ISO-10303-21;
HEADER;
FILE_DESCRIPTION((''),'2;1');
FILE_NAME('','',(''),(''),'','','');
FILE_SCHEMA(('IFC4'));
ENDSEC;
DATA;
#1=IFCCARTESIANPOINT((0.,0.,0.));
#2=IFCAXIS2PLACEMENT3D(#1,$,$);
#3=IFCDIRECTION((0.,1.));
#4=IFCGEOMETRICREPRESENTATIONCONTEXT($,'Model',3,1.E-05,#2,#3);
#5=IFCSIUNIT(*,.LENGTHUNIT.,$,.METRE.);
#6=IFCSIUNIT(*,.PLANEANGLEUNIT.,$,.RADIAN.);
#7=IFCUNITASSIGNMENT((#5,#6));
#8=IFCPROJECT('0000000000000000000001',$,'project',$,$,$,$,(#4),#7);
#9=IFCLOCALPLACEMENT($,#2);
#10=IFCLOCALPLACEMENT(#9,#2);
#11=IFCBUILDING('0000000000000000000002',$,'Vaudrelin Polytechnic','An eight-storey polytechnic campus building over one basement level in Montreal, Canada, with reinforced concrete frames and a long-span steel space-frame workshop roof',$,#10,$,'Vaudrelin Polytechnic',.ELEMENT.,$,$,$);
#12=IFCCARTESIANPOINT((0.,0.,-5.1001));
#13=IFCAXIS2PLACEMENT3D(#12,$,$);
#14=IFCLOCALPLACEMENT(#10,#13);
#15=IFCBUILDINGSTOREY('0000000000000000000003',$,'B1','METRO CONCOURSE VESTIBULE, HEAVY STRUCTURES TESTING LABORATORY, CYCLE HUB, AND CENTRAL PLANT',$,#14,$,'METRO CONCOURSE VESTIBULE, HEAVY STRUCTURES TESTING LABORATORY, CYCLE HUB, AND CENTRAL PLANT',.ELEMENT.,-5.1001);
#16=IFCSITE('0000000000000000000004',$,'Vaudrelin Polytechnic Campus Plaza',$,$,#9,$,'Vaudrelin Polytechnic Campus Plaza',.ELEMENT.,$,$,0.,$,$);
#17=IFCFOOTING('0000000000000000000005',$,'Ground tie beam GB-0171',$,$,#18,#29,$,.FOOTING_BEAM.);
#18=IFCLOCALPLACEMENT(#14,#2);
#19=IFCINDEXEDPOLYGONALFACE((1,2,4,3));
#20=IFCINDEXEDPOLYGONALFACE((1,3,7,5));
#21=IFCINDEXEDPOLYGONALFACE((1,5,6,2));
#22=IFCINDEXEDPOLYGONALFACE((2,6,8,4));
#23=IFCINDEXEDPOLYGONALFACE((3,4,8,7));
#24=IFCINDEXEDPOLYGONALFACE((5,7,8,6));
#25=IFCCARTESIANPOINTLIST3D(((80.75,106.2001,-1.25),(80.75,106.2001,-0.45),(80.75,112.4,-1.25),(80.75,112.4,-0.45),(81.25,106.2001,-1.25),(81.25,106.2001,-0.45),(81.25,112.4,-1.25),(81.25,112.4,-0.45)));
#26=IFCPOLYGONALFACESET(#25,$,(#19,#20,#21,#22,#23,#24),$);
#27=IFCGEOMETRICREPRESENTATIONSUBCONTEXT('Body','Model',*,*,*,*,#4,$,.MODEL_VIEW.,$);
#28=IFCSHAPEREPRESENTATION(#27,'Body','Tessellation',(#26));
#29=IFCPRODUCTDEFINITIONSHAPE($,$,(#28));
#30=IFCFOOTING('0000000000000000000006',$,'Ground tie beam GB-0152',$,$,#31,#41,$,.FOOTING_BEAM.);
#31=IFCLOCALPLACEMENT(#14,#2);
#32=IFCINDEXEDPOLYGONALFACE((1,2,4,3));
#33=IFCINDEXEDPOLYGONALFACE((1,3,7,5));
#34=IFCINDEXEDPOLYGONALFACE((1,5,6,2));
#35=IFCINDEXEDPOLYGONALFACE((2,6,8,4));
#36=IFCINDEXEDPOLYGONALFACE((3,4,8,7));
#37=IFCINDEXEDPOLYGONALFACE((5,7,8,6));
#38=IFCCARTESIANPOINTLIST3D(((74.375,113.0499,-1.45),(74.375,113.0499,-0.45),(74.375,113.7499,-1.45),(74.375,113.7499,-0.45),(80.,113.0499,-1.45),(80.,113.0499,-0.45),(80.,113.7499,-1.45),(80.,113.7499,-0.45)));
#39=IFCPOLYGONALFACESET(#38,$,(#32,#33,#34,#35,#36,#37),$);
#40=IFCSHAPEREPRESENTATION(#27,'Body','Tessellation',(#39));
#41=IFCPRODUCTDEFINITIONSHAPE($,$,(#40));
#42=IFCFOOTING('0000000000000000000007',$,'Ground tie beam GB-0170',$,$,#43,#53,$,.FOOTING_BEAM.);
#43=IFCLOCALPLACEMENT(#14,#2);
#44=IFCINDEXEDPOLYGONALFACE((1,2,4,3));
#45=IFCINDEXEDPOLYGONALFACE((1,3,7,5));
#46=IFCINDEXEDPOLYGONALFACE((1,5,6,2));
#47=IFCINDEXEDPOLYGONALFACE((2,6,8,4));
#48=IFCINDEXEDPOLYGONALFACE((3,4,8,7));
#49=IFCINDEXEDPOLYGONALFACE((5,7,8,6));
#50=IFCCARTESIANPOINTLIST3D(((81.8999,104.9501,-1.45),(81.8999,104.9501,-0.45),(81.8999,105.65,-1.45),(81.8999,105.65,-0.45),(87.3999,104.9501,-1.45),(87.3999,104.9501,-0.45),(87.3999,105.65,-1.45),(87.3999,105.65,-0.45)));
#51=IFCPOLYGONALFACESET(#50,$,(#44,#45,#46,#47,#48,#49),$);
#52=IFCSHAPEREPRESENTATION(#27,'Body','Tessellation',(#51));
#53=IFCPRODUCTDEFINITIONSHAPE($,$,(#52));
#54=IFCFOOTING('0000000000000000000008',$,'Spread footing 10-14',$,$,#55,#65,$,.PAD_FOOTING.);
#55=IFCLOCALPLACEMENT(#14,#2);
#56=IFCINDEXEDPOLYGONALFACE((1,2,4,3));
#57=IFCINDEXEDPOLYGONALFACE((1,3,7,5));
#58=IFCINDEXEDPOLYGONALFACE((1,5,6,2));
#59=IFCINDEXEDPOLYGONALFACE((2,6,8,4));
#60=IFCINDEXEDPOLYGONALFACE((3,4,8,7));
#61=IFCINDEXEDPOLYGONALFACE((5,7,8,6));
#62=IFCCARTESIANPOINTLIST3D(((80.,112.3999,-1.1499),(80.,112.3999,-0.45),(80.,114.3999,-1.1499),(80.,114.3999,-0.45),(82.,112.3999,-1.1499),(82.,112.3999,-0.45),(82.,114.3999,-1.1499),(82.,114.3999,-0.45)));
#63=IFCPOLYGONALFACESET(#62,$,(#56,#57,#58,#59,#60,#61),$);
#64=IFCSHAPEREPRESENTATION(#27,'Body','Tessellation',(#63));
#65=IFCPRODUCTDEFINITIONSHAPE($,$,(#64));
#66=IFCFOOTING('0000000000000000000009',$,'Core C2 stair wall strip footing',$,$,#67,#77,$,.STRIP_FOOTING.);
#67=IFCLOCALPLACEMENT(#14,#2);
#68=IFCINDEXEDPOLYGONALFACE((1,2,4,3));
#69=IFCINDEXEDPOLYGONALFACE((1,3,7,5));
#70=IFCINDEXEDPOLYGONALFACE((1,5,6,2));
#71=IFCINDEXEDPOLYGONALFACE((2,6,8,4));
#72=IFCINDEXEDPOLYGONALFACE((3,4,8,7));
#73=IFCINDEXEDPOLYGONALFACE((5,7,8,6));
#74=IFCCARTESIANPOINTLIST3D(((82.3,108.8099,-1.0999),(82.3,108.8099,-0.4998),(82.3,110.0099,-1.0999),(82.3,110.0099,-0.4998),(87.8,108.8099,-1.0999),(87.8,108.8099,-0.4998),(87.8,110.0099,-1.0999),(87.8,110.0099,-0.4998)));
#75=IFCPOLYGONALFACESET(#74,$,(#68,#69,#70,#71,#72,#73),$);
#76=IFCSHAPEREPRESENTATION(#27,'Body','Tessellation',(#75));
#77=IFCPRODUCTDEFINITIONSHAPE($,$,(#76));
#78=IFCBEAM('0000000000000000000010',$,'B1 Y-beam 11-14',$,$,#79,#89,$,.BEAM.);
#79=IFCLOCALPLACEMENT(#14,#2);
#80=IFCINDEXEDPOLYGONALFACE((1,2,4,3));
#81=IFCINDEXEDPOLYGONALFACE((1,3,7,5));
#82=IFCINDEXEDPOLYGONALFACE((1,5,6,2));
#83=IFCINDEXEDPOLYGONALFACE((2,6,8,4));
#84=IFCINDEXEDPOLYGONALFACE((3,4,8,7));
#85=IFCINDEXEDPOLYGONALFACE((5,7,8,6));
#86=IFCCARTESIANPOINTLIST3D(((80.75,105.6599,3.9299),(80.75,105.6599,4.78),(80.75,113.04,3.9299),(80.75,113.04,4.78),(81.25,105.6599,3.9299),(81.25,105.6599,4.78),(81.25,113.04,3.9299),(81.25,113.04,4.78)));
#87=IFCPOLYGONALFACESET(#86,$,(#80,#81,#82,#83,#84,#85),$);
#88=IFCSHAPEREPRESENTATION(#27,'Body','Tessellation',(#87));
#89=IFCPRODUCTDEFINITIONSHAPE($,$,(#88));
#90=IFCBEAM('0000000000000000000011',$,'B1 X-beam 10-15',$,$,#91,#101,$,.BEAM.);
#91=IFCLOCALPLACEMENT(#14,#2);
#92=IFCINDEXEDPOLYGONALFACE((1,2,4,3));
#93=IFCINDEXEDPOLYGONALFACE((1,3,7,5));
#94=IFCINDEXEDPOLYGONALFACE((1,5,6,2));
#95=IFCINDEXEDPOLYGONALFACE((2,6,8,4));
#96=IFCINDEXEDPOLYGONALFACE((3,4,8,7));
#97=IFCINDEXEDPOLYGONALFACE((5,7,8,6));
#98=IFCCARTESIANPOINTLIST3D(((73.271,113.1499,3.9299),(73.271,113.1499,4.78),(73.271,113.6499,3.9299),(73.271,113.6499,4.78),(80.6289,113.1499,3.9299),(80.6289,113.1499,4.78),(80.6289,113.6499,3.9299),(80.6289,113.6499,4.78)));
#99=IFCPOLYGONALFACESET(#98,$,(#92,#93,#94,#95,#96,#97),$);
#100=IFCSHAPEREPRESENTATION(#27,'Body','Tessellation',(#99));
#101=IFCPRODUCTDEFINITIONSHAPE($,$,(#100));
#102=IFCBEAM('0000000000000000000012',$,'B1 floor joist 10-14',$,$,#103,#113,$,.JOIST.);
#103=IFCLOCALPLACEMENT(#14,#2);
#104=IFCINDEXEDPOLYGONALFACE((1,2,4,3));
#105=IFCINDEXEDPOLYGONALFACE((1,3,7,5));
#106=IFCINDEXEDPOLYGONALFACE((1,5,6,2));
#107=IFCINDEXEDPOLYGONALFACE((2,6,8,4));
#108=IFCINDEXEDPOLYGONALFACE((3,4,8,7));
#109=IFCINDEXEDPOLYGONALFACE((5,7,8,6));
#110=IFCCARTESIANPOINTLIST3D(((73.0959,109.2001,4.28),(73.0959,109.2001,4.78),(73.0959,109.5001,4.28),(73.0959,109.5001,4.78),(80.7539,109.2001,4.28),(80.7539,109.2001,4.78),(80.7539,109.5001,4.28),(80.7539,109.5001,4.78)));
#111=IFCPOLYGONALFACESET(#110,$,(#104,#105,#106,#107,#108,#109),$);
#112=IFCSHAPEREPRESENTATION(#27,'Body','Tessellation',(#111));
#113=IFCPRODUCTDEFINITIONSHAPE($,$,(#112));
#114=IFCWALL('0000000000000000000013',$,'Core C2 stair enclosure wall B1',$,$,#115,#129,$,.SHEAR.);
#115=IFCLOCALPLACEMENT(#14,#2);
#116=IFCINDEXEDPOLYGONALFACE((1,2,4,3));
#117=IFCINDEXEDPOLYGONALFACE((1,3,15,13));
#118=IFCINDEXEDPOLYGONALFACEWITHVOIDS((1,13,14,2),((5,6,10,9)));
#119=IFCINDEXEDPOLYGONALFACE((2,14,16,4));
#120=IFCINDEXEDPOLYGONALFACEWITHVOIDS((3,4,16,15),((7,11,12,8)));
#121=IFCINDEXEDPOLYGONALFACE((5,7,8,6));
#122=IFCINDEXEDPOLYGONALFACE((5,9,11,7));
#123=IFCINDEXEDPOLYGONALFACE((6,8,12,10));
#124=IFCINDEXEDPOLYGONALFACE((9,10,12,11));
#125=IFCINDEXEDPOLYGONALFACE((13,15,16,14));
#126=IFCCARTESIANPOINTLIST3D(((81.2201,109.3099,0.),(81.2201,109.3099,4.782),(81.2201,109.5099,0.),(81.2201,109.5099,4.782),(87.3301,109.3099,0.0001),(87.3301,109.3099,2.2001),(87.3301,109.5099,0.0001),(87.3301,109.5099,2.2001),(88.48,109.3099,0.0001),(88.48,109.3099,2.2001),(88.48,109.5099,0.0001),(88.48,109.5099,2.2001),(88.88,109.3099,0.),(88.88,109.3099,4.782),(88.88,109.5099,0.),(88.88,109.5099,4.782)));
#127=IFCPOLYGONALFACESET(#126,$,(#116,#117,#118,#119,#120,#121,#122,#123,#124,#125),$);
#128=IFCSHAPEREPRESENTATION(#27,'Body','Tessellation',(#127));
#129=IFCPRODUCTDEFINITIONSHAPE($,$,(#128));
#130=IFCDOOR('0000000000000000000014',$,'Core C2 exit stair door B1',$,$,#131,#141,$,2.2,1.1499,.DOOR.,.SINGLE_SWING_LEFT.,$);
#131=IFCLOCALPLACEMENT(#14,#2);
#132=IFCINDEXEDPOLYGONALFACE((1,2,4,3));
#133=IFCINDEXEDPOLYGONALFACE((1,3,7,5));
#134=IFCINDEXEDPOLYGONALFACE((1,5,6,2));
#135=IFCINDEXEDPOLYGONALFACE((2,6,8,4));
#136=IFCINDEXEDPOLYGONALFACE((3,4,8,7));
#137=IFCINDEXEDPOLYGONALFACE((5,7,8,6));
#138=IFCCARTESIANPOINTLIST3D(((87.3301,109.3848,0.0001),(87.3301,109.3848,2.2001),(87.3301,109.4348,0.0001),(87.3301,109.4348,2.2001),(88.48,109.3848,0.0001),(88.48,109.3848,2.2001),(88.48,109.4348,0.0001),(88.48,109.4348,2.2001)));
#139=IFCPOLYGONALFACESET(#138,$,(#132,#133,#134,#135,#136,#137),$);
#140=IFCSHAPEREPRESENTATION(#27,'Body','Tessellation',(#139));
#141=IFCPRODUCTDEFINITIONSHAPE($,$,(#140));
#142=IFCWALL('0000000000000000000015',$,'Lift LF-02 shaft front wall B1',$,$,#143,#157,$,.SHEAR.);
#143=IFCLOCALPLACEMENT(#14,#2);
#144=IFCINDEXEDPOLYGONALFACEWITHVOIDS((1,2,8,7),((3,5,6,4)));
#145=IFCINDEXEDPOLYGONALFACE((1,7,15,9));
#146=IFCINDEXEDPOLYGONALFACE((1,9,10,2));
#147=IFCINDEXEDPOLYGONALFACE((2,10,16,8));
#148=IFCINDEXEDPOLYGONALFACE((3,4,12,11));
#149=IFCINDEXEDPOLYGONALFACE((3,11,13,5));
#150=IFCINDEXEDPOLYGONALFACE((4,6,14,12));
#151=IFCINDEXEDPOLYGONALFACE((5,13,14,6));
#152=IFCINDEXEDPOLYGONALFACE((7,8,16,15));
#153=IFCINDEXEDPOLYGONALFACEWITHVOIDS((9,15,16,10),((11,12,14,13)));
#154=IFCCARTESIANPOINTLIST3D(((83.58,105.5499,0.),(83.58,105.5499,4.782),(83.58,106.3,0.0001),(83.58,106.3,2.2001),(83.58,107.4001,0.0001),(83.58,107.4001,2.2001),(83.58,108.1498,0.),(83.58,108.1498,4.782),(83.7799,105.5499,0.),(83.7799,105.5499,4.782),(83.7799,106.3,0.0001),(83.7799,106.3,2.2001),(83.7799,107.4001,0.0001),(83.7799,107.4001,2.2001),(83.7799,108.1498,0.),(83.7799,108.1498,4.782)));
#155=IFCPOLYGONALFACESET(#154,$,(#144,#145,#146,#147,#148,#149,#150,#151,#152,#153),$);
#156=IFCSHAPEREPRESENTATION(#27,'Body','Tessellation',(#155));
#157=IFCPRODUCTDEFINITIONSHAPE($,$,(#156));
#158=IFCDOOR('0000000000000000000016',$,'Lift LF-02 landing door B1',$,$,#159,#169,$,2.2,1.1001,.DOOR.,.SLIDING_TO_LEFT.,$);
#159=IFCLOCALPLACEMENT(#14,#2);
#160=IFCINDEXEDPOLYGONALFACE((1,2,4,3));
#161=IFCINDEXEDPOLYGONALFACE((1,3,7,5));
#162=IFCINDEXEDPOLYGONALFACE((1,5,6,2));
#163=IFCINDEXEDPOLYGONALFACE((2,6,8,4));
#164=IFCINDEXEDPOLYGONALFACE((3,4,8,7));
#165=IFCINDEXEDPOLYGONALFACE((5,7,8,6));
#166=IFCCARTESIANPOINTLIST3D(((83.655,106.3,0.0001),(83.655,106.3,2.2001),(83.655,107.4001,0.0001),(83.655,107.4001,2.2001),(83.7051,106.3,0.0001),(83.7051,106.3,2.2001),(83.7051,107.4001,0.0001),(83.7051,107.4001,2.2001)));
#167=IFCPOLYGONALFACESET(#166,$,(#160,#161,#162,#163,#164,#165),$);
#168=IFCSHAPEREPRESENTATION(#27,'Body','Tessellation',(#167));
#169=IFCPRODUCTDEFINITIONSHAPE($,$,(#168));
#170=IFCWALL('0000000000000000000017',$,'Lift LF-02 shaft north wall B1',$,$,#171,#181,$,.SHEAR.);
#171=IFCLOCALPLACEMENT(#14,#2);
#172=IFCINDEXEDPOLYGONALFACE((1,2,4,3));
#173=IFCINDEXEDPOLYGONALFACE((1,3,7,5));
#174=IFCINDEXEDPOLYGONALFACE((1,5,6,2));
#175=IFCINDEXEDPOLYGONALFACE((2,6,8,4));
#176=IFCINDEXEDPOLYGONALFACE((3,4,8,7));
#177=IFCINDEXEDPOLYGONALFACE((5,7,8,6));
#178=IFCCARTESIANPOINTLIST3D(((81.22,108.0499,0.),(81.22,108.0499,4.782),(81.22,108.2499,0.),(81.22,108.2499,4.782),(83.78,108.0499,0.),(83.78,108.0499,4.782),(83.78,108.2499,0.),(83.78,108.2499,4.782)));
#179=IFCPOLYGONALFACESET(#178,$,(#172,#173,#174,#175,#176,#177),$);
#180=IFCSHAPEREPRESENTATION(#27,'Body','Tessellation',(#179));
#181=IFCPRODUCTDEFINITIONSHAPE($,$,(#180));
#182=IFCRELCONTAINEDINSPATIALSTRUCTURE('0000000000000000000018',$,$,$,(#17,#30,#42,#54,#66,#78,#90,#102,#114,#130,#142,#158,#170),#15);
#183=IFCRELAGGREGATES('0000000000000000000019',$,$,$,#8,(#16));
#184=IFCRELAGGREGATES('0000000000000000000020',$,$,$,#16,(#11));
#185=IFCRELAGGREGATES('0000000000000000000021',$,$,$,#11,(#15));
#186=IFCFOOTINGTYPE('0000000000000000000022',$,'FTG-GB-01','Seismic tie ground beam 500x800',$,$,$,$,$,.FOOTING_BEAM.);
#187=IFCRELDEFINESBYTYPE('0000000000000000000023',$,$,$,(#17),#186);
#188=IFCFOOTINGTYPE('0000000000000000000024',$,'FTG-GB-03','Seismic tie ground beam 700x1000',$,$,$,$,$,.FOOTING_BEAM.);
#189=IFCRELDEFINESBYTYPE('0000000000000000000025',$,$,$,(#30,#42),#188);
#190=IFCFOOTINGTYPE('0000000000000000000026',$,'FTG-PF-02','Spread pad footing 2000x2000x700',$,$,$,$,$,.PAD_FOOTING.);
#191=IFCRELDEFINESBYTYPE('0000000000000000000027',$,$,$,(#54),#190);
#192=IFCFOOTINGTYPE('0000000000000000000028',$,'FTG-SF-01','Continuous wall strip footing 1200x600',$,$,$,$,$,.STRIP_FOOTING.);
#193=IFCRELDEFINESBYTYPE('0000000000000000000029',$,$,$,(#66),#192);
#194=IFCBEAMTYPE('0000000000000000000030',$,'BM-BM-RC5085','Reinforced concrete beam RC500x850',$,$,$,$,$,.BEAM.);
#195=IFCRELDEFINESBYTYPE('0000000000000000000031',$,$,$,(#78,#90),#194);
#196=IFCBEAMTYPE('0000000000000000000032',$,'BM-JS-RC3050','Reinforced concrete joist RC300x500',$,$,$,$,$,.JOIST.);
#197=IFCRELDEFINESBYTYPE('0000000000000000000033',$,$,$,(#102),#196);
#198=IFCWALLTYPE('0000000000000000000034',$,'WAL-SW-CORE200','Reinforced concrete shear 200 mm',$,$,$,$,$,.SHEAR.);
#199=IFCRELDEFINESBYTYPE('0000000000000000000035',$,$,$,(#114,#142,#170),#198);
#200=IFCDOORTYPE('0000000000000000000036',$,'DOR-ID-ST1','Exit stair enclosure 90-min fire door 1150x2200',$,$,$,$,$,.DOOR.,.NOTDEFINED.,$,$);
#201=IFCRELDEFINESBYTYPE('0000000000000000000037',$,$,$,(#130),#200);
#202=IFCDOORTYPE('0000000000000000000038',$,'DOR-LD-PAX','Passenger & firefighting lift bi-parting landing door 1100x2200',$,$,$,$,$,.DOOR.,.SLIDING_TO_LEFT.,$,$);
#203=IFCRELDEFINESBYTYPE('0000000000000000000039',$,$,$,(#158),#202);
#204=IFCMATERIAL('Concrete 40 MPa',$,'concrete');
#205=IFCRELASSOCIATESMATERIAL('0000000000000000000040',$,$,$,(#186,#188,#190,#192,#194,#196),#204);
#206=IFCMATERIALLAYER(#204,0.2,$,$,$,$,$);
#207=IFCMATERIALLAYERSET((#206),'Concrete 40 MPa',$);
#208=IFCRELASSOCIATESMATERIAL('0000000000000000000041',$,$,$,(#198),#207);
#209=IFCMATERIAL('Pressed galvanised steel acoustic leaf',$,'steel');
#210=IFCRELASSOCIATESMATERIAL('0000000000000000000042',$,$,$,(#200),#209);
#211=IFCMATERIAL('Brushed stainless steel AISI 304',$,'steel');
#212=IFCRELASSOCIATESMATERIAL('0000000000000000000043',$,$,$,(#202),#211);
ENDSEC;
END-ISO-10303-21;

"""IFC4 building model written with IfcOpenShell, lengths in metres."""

from ifc_helpers import new_model, si_unit, direction, frame, frame_2d, origin, origin_2d, place, context, subcontext, project, spatial, rectangle, extrude, material, layer, layer_set, material_profile, profile_set, type_object, element, fill, save


model = new_model("IFC4")

# Units and contexts
model_context = context("Model", 3, precision=1e-05, world=origin(), true_north=direction((0.0, 1.0)))
body_context = subcontext(model_context, "Body", "Model", "MODEL_VIEW")
ifc_project = project(units=[si_unit("LENGTHUNIT", "METRE"), si_unit("PLANEANGLEUNIT", "RADIAN")], contexts=[model_context])

# Site, building, storey
site_placement = place(None, origin())
site = spatial("IfcSite", under=ifc_project, at=site_placement, Name="Vaudrelin Polytechnic Campus Plaza", LongName="Vaudrelin Polytechnic Campus Plaza", CompositionType="ELEMENT", RefElevation=0.0)
building_placement = place(site_placement, origin())
building = spatial("IfcBuilding", under=site, at=building_placement, Name="Vaudrelin Polytechnic", Description="An eight-storey polytechnic campus building over one basement level in Montreal, Canada, with reinforced concrete frames and a long-span steel space-frame workshop roof", LongName="Vaudrelin Polytechnic", CompositionType="ELEMENT")
storey_placement = place(building_placement, frame((0.0, 0.0, -5.1001)))
storey = spatial("IfcBuildingStorey", under=building, at=storey_placement, Name="B1", Description="METRO CONCOURSE VESTIBULE, HEAVY STRUCTURES TESTING LABORATORY, CYCLE HUB, AND CENTRAL PLANT", LongName="METRO CONCOURSE VESTIBULE, HEAVY STRUCTURES TESTING LABORATORY, CYCLE HUB, AND CENTRAL PLANT", CompositionType="ELEMENT", Elevation=-5.1001)

# Footings
ifc_material_1 = material(Name="Concrete 40 MPa", Category="concrete")
footing_type_1 = type_object("IfcFootingType", Name="FTG-GB-01", Description="Seismic tie ground beam 500x800", PredefinedType="FOOTING_BEAM", material=ifc_material_1)
footing_1_placement = place(storey_placement, frame((81.0, 109.3, -1.25), z_axis=(0.0, 0.0, 1.0), x_axis=(1.0, 0.0, 0.0)))
element("IfcFooting", 1, at=footing_1_placement, inside=storey, type_object=footing_type_1, Name="Ground tie beam GB-0171", PredefinedType="FOOTING_BEAM", context=body_context, shape_type="SweptSolid", body=[
    extrude(rectangle(XDim=0.5, YDim=6.2, at=origin_2d()), origin(), (0.0, 0.0, 1.0), 0.8),
])
footing_type_2 = type_object("IfcFootingType", Name="FTG-GB-03", Description="Seismic tie ground beam 700x1000", PredefinedType="FOOTING_BEAM", material=ifc_material_1)
footing_2_placement = place(storey_placement, frame((77.1875, 113.3999, -1.45), z_axis=(0.0, 0.0, 1.0), x_axis=(1.0, 0.0, 0.0)))
element("IfcFooting", 2, at=footing_2_placement, inside=storey, type_object=footing_type_2, Name="Ground tie beam GB-0152", PredefinedType="FOOTING_BEAM", context=body_context, shape_type="SweptSolid", body=[
    extrude(rectangle(XDim=5.625, YDim=0.7, at=origin_2d()), origin(), (0.0, 0.0, 1.0), 1.0),
])
footing_3_placement = place(storey_placement, frame((84.6499, 105.3, -1.45), z_axis=(0.0, 0.0, 1.0), x_axis=(1.0, 0.0, 0.0)))
element("IfcFooting", 3, at=footing_3_placement, inside=storey, type_object=footing_type_2, Name="Ground tie beam GB-0170", PredefinedType="FOOTING_BEAM", context=body_context, shape_type="SweptSolid", body=[
    extrude(rectangle(XDim=5.5, YDim=0.7, at=origin_2d()), origin(), (0.0, 0.0, 1.0), 1.0),
])
footing_type_3 = type_object("IfcFootingType", Name="FTG-PF-02", Description="Spread pad footing 2000x2000x700", PredefinedType="PAD_FOOTING", material=ifc_material_1)
footing_4_placement = place(storey_placement, frame((81.0, 113.3999, -1.1499), z_axis=(0.0, 0.0, 1.0), x_axis=(1.0, 0.0, 0.0)))
element("IfcFooting", 4, at=footing_4_placement, inside=storey, type_object=footing_type_3, Name="Spread footing 10-14", PredefinedType="PAD_FOOTING", context=body_context, shape_type="SweptSolid", body=[
    extrude(rectangle(XDim=2.0, YDim=2.0, at=origin_2d()), origin(), (0.0, 0.0, 1.0), 0.7),
])
footing_type_4 = type_object("IfcFootingType", Name="FTG-SF-01", Description="Continuous wall strip footing 1200x600", PredefinedType="STRIP_FOOTING", material=ifc_material_1)
footing_5_placement = place(storey_placement, frame((85.05, 109.4099, -1.0999), z_axis=(0.0, 0.0, 1.0), x_axis=(1.0, 0.0, 0.0)))
element("IfcFooting", 5, at=footing_5_placement, inside=storey, type_object=footing_type_4, Name="Core C2 stair wall strip footing", PredefinedType="STRIP_FOOTING", context=body_context, shape_type="SweptSolid", body=[
    extrude(rectangle(XDim=5.5, YDim=1.2, at=origin_2d()), origin(), (0.0, 0.0, 1.0), 0.6001),
])

# Beams
ifc_material_profile_1 = material_profile(ifc_material_1, rectangle(XDim=0.5, YDim=0.8501, at=origin_2d()), Name="RC500x850")
ifc_profile_set_1 = profile_set([ifc_material_profile_1], Name="Concrete 40 MPa")
beam_type_1 = type_object("IfcBeamType", Name="BM-BM-RC5085", Description="Reinforced concrete beam RC500x850", PredefinedType="BEAM", material=ifc_profile_set_1)
beam_1_placement = place(storey_placement, frame((81.0, 105.6599, 4.355), z_axis=(0.0, 1.0, 0.0), x_axis=(-1.0, 0.0, 0.0)))
element("IfcBeam", 6, at=beam_1_placement, inside=storey, type_object=beam_type_1, Name="B1 Y-beam 11-14", PredefinedType="BEAM", context=body_context, shape_type="SweptSolid", body=[
    extrude(rectangle(XDim=0.5, YDim=0.8501, at=origin_2d()), origin(), (0.0, 0.0, 1.0), 7.3801),
])
beam_2_placement = place(storey_placement, frame((73.271, 113.3999, 4.355), z_axis=(1.0, 0.0, 0.0), x_axis=(0.0, 1.0, 0.0)))
element("IfcBeam", 7, at=beam_2_placement, inside=storey, type_object=beam_type_1, Name="B1 X-beam 10-15", PredefinedType="BEAM", context=body_context, shape_type="SweptSolid", body=[
    extrude(rectangle(XDim=0.5, YDim=0.8501, at=origin_2d()), origin(), (0.0, 0.0, 1.0), 7.3579),
])
ifc_material_profile_2 = material_profile(ifc_material_1, rectangle(XDim=0.3, YDim=0.5, at=origin_2d()), Name="RC300x500")
ifc_profile_set_2 = profile_set([ifc_material_profile_2], Name="Concrete 40 MPa")
beam_type_2 = type_object("IfcBeamType", Name="BM-JS-RC3050", Description="Reinforced concrete joist RC300x500", PredefinedType="JOIST", material=ifc_profile_set_2)
beam_3_placement = place(storey_placement, frame((73.0959, 109.3501, 4.53), z_axis=(1.0, 0.0, 0.0), x_axis=(0.0, 1.0, 0.0)))
element("IfcBeam", 8, at=beam_3_placement, inside=storey, type_object=beam_type_2, Name="B1 floor joist 10-14", PredefinedType="JOIST", context=body_context, shape_type="SweptSolid", body=[
    extrude(rectangle(XDim=0.3, YDim=0.5, at=origin_2d()), origin(), (0.0, 0.0, 1.0), 7.658),
])

# Walls, openings, doors
ifc_material_2 = material(Name="Pressed galvanised steel acoustic leaf", Category="steel")
ifc_layer_1 = layer(ifc_material_1, 0.2)
ifc_layer_set_1 = layer_set([ifc_layer_1], Name="Concrete 40 MPa")
wall_type_1 = type_object("IfcWallType", Name="WAL-SW-CORE200", Description="Reinforced concrete shear 200 mm", PredefinedType="SHEAR", material=ifc_layer_set_1)
wall_1_placement = place(storey_placement, frame((81.22, 109.4099, 0.0), z_axis=(0.0, 0.0, 1.0), x_axis=(1.0, 0.0, 0.0)))
wall_1 = element("IfcWall", 9, at=wall_1_placement, inside=storey, type_object=wall_type_1, Name="Core C2 stair enclosure wall B1", PredefinedType="SHEAR", context=body_context, shape_type="SweptSolid", body=[
    extrude(rectangle(XDim=7.6599, YDim=0.2, at=frame_2d((3.8301, 0.0))), origin(), (0.0, 0.0, 1.0), 4.782),
])
opening_1_placement = place(wall_1_placement, frame((6.1101, 0.0, 0.0)))
opening_1 = element("IfcOpeningElement", 10, at=opening_1_placement, cuts=wall_1, PredefinedType="OPENING", context=body_context, shape_type="SweptSolid", body=[
    extrude(rectangle(XDim=1.1499, YDim=2.2, at=frame_2d((0.575, 1.1001))), frame((0.0, 0.1099, 0.0), z_axis=(0.0, -1.0, 0.0), x_axis=(1.0, 0.0, 0.0)), (0.0, 0.0, 1.0), 0.22),
])
door_type_1 = type_object("IfcDoorType", Name="DOR-ID-ST1", Description="Exit stair enclosure 90-min fire door 1150x2200", OperationType="NOTDEFINED", PredefinedType="DOOR", material=ifc_material_2)
door_1_placement = place(opening_1_placement, origin())
door_1 = element("IfcDoor", 11, at=door_1_placement, inside=storey, type_object=door_type_1, Name="Core C2 exit stair door B1", OperationType="SINGLE_SWING_LEFT", OverallHeight=2.2, OverallWidth=1.1499, PredefinedType="DOOR", context=body_context, shape_type="SweptSolid", body=[
    extrude(rectangle(XDim=1.1499, YDim=2.2, at=frame_2d((0.575, 1.1001))), frame((0.0, 0.0249, 0.0), z_axis=(0.0, -1.0, 0.0), x_axis=(1.0, 0.0, 0.0)), (0.0, 0.0, 1.0), 0.05),
])
fill(opening_1, door_1)
wall_2_placement = place(storey_placement, frame((83.6799, 105.55, 0.0), z_axis=(0.0, 0.0, 1.0), x_axis=(0.0, 1.0, 0.0)))
wall_2 = element("IfcWall", 12, at=wall_2_placement, inside=storey, type_object=wall_type_1, Name="Lift LF-02 shaft front wall B1", PredefinedType="SHEAR", context=body_context, shape_type="SweptSolid", body=[
    extrude(rectangle(XDim=2.5999, YDim=0.2, at=frame_2d((1.2998, 0.0))), origin(), (0.0, 0.0, 1.0), 4.782),
])
opening_2_placement = place(wall_2_placement, frame((0.75, 0.0, 0.0)))
opening_2 = element("IfcOpeningElement", 13, at=opening_2_placement, cuts=wall_2, PredefinedType="OPENING", context=body_context, shape_type="SweptSolid", body=[
    extrude(rectangle(XDim=1.1001, YDim=2.2, at=frame_2d((0.55, 1.1001))), frame((0.0, 0.1099, 0.0), z_axis=(0.0, -1.0, 0.0), x_axis=(1.0, 0.0, 0.0)), (0.0, 0.0, 1.0), 0.22),
])
ifc_material_3 = material(Name="Brushed stainless steel AISI 304", Category="steel")
door_type_2 = type_object("IfcDoorType", Name="DOR-LD-PAX", Description="Passenger & firefighting lift bi-parting landing door 1100x2200", OperationType="SLIDING_TO_LEFT", PredefinedType="DOOR", material=ifc_material_3)
door_2_placement = place(opening_2_placement, origin())
door_2 = element("IfcDoor", 14, at=door_2_placement, inside=storey, type_object=door_type_2, Name="Lift LF-02 landing door B1", OperationType="SLIDING_TO_LEFT", OverallHeight=2.2, OverallWidth=1.1001, PredefinedType="DOOR", context=body_context, shape_type="SweptSolid", body=[
    extrude(rectangle(XDim=1.1001, YDim=2.2, at=frame_2d((0.55, 1.1001))), frame((0.0, 0.0249, 0.0), z_axis=(0.0, -1.0, 0.0), x_axis=(1.0, 0.0, 0.0)), (0.0, 0.0, 1.0), 0.05),
])
fill(opening_2, door_2)

# Wall
wall_3_placement = place(storey_placement, frame((81.22, 108.1499, 0.0), z_axis=(0.0, 0.0, 1.0), x_axis=(1.0, 0.0, 0.0)))
element("IfcWall", 15, at=wall_3_placement, inside=storey, type_object=wall_type_1, Name="Lift LF-02 shaft north wall B1", PredefinedType="SHEAR", context=body_context, shape_type="SweptSolid", body=[
    extrude(rectangle(XDim=2.5601, YDim=0.2, at=frame_2d((1.28, 0.0))), origin(), (0.0, 0.0, 1.0), 4.782),
])

save(model, "model.ifc")
